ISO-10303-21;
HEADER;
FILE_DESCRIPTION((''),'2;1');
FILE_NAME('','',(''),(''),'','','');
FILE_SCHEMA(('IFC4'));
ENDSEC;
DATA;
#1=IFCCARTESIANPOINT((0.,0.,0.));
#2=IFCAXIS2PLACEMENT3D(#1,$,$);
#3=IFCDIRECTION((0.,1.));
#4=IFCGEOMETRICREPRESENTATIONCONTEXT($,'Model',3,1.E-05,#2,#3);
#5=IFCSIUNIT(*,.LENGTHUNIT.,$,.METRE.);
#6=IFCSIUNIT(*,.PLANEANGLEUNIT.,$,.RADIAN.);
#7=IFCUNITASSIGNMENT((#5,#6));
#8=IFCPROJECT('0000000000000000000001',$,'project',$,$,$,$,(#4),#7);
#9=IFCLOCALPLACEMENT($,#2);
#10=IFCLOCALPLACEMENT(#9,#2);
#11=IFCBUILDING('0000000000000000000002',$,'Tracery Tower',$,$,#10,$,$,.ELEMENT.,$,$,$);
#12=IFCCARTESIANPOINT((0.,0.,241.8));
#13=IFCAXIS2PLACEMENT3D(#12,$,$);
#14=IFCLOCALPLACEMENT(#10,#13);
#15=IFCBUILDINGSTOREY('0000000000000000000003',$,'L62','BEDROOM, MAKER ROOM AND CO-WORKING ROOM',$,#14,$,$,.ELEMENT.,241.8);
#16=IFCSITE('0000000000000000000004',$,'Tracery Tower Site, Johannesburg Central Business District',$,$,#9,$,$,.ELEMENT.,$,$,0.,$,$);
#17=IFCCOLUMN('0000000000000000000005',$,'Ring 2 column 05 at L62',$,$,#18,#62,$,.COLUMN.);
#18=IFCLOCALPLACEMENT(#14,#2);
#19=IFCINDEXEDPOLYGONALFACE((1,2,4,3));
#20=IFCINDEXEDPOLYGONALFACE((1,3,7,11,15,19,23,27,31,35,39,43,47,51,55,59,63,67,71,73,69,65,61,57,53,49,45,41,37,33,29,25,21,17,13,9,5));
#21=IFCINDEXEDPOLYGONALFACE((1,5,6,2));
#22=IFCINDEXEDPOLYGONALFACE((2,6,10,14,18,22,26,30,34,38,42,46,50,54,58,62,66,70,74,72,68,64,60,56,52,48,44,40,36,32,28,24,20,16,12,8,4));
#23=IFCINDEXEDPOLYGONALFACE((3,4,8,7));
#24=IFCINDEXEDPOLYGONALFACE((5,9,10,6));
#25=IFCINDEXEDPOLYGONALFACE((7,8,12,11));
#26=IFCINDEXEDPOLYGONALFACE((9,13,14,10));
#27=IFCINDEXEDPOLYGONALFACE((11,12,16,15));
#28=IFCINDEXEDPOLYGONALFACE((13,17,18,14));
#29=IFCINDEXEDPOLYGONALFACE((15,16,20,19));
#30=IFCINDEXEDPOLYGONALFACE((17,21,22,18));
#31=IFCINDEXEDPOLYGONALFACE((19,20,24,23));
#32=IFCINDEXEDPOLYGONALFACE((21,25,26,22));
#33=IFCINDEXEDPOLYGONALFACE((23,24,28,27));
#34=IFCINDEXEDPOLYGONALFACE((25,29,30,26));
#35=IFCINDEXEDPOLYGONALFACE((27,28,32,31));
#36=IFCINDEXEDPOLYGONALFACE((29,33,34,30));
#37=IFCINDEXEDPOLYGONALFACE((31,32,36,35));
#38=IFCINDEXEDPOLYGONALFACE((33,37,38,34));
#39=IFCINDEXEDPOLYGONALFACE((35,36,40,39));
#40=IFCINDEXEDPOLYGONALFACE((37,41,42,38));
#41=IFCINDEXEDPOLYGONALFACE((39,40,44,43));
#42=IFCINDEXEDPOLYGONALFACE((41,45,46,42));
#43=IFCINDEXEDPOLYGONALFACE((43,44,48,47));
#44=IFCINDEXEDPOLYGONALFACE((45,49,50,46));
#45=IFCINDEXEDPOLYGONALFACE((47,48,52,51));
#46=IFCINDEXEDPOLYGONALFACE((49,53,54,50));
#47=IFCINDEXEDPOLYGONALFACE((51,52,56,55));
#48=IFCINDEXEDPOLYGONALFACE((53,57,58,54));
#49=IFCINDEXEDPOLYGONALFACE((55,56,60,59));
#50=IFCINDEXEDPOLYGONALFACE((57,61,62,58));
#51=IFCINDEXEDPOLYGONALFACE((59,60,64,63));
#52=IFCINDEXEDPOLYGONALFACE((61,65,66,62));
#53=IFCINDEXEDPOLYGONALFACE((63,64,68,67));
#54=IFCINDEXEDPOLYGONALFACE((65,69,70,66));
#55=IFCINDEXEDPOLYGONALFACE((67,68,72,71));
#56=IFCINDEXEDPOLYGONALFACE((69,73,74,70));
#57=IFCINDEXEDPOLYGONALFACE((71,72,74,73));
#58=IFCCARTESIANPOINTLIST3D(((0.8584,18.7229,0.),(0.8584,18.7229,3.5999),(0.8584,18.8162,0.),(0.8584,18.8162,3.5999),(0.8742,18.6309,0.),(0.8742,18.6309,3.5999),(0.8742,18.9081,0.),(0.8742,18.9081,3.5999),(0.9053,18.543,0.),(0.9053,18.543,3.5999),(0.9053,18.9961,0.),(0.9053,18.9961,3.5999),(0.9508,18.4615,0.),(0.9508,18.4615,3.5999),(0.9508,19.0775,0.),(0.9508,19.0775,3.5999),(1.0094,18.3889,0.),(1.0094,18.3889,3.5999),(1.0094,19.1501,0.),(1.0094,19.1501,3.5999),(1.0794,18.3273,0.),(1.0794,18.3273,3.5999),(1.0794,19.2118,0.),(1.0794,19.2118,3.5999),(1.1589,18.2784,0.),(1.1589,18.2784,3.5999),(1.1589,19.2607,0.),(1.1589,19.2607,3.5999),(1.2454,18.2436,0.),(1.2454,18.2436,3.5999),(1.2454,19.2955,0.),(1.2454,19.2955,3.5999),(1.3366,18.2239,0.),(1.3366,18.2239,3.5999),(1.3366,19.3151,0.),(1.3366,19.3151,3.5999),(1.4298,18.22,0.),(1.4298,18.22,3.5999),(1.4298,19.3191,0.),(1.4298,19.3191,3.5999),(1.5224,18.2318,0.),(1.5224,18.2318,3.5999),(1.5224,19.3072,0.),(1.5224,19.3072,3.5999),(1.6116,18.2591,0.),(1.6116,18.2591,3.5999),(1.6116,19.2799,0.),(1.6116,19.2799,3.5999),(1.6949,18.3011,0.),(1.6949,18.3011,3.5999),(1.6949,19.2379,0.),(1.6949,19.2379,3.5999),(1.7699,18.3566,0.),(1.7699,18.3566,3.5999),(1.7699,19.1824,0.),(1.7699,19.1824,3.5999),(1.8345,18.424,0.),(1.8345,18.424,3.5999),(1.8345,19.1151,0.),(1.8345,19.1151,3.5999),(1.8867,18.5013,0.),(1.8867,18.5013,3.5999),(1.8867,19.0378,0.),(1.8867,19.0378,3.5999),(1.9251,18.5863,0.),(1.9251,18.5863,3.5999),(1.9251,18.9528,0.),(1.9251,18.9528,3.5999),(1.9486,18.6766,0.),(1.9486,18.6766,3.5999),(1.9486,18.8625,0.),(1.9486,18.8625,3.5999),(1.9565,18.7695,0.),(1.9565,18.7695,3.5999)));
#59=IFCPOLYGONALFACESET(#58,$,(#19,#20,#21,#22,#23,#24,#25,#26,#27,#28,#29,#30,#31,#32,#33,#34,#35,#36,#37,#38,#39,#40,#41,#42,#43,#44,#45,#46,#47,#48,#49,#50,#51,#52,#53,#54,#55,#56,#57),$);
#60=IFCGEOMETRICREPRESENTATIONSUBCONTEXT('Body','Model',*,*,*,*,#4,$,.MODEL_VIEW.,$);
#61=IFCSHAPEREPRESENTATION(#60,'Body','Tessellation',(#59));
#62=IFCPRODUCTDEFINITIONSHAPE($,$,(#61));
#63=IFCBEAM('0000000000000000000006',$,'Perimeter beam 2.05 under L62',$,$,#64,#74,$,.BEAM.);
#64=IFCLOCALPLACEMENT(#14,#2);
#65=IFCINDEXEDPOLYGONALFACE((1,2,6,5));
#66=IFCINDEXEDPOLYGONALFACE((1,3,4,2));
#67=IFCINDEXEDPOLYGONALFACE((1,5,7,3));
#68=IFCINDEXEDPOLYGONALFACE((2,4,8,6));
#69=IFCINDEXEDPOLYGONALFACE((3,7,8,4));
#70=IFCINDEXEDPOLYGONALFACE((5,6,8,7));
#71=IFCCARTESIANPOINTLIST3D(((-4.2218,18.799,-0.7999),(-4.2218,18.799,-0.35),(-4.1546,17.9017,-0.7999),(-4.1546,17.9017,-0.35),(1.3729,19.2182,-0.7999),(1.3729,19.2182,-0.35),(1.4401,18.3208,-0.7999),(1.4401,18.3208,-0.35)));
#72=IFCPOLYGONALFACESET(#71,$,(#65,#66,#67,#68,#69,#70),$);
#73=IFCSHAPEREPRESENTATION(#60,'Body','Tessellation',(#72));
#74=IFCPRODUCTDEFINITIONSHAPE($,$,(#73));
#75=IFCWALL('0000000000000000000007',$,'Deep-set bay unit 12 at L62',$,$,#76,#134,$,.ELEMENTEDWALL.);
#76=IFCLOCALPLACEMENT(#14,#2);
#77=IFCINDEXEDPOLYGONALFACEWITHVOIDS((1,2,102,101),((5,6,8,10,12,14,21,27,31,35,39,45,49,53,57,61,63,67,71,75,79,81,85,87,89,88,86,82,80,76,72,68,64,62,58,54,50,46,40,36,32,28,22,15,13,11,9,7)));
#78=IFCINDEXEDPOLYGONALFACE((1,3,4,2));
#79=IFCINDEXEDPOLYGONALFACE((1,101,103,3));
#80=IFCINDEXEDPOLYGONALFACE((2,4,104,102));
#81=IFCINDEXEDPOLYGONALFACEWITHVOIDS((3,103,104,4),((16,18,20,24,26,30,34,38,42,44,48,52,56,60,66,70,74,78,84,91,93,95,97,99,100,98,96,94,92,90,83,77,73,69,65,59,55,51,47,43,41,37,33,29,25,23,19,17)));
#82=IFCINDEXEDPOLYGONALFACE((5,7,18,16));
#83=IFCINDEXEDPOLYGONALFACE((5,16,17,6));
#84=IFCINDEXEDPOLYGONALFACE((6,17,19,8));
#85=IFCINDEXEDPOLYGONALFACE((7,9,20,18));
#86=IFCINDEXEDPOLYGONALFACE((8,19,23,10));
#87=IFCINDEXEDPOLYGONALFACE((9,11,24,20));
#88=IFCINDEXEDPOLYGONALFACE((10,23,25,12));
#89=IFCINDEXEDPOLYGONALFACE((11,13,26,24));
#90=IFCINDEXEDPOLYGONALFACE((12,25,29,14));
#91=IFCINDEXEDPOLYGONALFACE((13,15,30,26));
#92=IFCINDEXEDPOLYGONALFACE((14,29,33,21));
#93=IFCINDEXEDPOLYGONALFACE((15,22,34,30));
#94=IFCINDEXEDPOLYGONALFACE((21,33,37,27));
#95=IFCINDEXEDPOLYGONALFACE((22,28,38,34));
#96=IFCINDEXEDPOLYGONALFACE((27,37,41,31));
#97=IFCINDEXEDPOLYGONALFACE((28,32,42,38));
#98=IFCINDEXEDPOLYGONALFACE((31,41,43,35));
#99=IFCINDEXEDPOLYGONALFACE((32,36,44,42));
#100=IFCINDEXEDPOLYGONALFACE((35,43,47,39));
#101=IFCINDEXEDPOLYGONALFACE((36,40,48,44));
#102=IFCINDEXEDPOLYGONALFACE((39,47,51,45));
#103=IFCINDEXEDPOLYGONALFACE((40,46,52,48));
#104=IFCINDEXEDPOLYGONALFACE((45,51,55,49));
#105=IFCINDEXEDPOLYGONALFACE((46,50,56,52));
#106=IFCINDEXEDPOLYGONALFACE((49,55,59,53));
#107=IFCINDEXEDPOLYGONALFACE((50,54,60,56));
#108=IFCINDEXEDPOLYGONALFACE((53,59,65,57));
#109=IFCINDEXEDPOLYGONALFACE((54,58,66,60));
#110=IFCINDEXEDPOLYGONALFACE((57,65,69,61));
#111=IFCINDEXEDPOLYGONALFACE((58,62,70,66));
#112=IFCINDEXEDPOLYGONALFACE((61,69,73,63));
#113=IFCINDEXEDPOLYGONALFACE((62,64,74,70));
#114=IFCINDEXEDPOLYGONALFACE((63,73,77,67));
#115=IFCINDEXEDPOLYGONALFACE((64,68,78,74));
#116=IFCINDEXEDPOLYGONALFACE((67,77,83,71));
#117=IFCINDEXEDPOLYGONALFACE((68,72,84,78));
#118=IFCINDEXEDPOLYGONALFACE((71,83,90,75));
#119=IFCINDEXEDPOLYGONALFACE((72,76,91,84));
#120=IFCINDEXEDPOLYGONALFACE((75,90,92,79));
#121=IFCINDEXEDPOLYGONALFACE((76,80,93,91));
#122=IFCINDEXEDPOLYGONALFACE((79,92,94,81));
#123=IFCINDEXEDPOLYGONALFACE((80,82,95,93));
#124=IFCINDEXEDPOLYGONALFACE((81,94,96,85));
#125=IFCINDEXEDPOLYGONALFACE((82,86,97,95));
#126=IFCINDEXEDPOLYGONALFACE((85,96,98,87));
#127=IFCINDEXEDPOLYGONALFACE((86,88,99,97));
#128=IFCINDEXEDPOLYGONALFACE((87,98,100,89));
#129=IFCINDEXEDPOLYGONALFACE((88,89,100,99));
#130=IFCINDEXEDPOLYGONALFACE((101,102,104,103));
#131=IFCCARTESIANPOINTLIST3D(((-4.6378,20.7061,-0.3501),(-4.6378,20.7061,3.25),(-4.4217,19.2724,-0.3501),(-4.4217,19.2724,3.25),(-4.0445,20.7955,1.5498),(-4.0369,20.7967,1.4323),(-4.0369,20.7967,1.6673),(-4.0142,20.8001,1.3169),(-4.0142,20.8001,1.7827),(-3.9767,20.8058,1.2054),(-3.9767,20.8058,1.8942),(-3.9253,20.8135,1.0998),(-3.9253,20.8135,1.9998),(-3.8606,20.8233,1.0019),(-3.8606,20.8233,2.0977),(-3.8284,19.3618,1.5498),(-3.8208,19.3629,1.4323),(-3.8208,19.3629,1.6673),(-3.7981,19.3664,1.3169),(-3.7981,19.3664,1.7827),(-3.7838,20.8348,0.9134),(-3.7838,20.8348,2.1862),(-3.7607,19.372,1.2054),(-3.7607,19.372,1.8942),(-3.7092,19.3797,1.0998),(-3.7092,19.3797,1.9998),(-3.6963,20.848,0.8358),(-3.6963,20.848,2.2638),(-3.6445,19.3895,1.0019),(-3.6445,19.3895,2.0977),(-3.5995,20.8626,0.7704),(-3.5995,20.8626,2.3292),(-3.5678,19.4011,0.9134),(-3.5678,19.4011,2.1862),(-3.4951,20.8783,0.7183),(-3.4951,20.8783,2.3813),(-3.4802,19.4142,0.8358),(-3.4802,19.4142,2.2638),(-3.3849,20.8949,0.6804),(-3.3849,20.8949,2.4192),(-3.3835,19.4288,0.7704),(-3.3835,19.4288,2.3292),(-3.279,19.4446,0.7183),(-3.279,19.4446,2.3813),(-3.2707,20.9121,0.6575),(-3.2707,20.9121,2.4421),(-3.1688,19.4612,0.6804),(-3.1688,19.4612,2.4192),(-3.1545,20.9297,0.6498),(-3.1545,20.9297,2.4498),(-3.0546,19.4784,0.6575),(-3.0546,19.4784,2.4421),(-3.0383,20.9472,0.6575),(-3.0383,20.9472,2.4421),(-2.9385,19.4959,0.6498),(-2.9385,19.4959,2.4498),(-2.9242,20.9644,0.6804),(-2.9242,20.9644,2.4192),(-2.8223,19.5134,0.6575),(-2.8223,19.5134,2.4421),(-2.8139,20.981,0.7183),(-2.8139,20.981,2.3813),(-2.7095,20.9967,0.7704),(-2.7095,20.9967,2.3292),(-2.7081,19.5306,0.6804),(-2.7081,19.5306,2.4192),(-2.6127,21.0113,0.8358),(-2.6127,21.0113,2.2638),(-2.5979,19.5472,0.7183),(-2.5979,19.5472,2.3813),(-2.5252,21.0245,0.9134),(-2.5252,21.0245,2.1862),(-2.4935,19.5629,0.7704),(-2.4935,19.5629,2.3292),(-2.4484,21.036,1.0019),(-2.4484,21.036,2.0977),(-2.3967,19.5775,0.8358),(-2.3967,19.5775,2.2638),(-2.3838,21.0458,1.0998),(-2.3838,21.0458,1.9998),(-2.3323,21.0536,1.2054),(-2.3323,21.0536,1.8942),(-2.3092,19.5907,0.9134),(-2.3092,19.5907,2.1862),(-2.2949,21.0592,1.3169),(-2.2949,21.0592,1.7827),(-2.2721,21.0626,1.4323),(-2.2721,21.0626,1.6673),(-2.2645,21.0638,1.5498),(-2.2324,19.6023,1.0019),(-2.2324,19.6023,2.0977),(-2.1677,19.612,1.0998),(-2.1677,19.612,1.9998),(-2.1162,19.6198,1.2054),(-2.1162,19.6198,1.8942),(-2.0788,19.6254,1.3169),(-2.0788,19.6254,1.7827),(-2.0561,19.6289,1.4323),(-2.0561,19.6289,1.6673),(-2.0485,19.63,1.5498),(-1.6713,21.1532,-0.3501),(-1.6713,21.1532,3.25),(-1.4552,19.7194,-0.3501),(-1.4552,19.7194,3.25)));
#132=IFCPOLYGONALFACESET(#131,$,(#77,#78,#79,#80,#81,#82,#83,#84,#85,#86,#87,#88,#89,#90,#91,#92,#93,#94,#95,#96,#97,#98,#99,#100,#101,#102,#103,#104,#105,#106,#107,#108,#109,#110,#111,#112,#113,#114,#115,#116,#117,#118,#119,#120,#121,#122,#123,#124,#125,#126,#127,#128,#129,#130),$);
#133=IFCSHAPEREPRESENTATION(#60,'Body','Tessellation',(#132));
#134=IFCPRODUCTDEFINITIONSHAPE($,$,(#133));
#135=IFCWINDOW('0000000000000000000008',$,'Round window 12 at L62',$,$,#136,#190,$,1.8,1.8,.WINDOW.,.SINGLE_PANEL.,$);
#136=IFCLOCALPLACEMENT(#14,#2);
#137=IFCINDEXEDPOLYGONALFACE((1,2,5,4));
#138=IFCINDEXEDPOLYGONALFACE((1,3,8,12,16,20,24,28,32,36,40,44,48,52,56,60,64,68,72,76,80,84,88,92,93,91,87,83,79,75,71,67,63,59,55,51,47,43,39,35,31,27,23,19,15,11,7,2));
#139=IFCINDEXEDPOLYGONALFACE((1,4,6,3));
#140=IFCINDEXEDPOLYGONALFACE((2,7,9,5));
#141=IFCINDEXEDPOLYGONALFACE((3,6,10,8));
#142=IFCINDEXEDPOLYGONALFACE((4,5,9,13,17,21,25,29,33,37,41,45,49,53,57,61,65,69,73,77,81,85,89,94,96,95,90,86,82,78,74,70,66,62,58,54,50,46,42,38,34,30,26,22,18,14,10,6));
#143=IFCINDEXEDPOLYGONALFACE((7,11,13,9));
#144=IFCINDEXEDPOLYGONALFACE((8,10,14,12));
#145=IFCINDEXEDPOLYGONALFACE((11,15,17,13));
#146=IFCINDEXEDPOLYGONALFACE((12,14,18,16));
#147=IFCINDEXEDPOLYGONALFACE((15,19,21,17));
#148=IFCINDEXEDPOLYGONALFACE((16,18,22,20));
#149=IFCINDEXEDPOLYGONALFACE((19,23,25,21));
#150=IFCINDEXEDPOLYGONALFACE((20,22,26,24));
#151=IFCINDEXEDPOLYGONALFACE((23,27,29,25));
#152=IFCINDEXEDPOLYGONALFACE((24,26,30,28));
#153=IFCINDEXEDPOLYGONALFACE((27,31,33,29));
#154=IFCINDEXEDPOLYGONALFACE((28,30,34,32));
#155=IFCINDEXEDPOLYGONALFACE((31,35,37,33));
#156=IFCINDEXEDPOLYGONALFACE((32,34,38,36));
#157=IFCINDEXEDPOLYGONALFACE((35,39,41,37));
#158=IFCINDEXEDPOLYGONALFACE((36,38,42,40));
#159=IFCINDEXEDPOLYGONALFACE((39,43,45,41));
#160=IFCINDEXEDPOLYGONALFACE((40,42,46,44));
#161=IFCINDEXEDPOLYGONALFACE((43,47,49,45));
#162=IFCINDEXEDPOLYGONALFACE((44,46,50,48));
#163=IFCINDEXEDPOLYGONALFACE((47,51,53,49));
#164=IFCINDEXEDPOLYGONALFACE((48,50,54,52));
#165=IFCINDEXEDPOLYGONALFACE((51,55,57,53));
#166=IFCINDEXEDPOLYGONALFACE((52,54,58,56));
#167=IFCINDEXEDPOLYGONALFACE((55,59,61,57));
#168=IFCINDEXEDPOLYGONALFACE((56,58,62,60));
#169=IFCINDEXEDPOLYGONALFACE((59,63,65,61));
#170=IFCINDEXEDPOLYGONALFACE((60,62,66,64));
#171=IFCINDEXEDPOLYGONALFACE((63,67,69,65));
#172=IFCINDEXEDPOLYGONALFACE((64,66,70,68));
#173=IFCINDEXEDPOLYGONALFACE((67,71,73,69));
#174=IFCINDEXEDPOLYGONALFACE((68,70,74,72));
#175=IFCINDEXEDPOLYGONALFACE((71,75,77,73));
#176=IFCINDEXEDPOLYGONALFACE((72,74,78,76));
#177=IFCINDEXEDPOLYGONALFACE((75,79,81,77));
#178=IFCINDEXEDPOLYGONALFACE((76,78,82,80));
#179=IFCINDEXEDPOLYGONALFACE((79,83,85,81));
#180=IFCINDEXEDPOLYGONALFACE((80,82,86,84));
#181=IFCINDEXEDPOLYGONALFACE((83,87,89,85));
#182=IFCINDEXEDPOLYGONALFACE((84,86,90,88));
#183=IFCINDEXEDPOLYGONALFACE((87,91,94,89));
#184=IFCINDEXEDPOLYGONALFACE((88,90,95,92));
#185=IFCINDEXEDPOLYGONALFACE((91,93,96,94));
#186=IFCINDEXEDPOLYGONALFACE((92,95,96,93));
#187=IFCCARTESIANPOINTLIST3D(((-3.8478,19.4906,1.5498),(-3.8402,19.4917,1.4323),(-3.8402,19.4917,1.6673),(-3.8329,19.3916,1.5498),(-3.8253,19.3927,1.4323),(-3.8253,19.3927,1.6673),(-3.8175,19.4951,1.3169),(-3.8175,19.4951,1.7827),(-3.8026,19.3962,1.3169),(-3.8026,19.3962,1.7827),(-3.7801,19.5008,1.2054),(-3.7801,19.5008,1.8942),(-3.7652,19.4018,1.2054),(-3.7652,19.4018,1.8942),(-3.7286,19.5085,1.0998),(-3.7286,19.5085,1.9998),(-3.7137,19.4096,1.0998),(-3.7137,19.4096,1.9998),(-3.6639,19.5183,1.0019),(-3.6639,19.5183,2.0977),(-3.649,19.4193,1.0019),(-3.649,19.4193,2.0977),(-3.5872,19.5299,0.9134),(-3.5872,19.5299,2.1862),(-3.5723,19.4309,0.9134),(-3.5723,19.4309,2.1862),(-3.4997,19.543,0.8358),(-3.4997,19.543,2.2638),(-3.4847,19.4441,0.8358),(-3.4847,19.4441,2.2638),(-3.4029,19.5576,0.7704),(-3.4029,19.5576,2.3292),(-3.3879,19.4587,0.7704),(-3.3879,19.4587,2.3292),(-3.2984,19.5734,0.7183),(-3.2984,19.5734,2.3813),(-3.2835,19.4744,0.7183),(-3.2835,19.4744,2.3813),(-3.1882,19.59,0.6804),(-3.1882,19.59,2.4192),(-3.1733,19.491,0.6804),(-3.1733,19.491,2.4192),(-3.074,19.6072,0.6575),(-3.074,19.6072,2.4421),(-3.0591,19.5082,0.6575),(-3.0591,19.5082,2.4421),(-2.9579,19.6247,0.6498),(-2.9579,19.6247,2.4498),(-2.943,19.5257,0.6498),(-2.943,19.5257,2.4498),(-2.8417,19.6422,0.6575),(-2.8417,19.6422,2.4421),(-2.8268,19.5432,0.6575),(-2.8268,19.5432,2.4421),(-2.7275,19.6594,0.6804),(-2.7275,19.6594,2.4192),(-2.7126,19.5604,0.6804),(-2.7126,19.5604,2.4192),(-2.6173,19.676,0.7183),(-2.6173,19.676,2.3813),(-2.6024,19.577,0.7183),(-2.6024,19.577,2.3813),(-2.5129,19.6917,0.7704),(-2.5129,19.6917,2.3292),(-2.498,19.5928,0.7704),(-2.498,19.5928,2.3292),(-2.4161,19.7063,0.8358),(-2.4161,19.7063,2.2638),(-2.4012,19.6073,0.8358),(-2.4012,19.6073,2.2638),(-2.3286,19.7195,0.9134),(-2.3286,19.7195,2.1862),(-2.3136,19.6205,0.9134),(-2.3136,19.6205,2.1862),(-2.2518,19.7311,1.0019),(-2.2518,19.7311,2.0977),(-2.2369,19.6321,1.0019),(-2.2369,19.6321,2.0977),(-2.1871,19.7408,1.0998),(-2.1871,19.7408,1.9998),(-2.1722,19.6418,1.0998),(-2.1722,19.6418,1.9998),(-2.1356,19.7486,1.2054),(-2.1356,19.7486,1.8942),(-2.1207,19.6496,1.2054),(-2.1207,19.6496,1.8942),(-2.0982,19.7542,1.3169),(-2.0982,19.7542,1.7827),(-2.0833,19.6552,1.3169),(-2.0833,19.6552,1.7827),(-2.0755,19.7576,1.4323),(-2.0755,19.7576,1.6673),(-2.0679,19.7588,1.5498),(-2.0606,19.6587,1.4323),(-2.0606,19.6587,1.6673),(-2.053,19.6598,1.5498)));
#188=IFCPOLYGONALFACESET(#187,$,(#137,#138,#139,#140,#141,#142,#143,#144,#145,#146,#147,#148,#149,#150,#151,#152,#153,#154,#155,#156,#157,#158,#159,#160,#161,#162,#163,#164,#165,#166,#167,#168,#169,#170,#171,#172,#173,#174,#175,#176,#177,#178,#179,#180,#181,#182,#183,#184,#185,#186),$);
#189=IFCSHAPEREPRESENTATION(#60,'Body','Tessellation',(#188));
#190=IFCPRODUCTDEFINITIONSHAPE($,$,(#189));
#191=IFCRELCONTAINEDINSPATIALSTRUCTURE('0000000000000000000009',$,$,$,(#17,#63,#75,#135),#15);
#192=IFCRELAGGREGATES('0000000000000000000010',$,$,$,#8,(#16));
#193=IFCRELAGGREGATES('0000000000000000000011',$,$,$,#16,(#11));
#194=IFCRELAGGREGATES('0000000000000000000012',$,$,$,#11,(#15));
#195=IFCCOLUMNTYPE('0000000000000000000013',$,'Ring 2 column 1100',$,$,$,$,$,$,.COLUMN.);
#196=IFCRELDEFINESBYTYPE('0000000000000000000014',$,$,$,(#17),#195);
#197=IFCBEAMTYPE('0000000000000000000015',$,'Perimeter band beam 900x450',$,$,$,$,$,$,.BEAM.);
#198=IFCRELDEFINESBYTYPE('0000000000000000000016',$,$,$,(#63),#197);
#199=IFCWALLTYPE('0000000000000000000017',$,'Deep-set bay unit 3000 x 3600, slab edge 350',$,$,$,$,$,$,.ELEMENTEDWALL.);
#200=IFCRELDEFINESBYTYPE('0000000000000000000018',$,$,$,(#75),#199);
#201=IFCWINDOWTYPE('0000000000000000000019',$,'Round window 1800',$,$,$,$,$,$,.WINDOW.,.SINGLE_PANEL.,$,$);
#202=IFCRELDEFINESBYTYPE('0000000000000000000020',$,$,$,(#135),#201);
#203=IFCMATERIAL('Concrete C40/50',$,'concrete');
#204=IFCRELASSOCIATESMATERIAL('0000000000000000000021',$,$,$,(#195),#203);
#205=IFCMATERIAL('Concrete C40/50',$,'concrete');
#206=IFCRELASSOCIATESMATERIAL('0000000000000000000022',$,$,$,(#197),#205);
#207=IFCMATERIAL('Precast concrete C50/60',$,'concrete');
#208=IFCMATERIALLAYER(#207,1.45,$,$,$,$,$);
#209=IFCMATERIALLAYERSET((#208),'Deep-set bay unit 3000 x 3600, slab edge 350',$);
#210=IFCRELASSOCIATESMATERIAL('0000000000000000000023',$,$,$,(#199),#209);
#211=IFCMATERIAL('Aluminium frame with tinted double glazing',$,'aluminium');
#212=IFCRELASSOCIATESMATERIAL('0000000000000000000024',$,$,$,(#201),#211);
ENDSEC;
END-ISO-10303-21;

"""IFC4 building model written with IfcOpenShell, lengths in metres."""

from ifc_helpers import new_model, si_unit, direction, frame, frame_2d, origin, origin_2d, place, context, subcontext, project, spatial, rectangle, circle, extrude, material, layer, layer_set, material_profile, profile_set, type_object, element, fill, save


model = new_model("IFC4")

# Units and contexts
model_context = context("Model", 3, precision=1e-05, world=origin(), true_north=direction((0.0, 1.0)))
body_context = subcontext(model_context, "Body", "Model", "MODEL_VIEW")
ifc_project = project(units=[si_unit("LENGTHUNIT", "METRE"), si_unit("PLANEANGLEUNIT", "RADIAN")], contexts=[model_context])

# Site, building, storey
site_placement = place(None, origin())
site = spatial("IfcSite", under=ifc_project, at=site_placement, Name="Tracery Tower Site, Johannesburg Central Business District", CompositionType="ELEMENT", RefElevation=0.0)
building_placement = place(site_placement, origin())
building = spatial("IfcBuilding", under=site, at=building_placement, Name="Tracery Tower", CompositionType="ELEMENT")
storey_placement = place(building_placement, frame((0.0, 0.0, 241.8)))
storey = spatial("IfcBuildingStorey", under=building, at=storey_placement, Name="L62", Description="BEDROOM, MAKER ROOM AND CO-WORKING ROOM", CompositionType="ELEMENT", Elevation=241.8)

# Column
ifc_material_1 = material(Name="Concrete C40/50", Category="concrete")
ifc_material_profile_1 = material_profile(ifc_material_1, circle(Radius=0.55, at=origin_2d()), Name="RC D1100")
ifc_profile_set_1 = profile_set([ifc_material_profile_1], Name="Concrete C40/50")
column_type = type_object("IfcColumnType", Name="Ring 2 column 1100", PredefinedType="COLUMN", material=ifc_profile_set_1)
column_placement = place(storey_placement, frame((1.4065, 18.7695, 0.0), z_axis=(0.0, 0.0, 1.0), x_axis=(1.0, 0.0, 0.0)))
element("IfcColumn", 1, at=column_placement, inside=storey, type_object=column_type, Name="Ring 2 column 05 at L62", PredefinedType="COLUMN", context=body_context, shape_type="SweptSolid", body=[
    extrude(circle(Radius=0.55, at=origin_2d()), origin(), (0.0, 0.0, 1.0), 3.5999),
])

# Beam
ifc_material_2 = material(Name="Concrete C40/50", Category="concrete")
ifc_material_profile_2 = material_profile(ifc_material_2, rectangle(XDim=0.8999, YDim=0.45, at=origin_2d()), Name="RC 900x450")
ifc_profile_set_2 = profile_set([ifc_material_profile_2], Name="Concrete C40/50")
beam_type = type_object("IfcBeamType", Name="Perimeter band beam 900x450", PredefinedType="BEAM", material=ifc_profile_set_2)
beam_placement = place(storey_placement, frame((1.4065, 18.7695, -0.575), z_axis=(-0.997205, -0.074716, 0.0), x_axis=(0.074716, -0.997205, 0.0)))
element("IfcBeam", 2, at=beam_placement, inside=storey, type_object=beam_type, Name="Perimeter beam 2.05 under L62", PredefinedType="BEAM", context=body_context, shape_type="SweptSolid", body=[
    extrude(rectangle(XDim=0.8999, YDim=0.45, at=origin_2d()), origin(), (0.0, 0.0, 1.0), 5.6104),
])

# Wall, opening, window
ifc_material_3 = material(Name="Precast concrete C50/60", Category="concrete")
ifc_layer_1 = layer(ifc_material_3, 1.45)
ifc_layer_set_1 = layer_set([ifc_layer_1], Name="Deep-set bay unit 3000 x 3600, slab edge 350")
wall_type_1 = type_object("IfcWallType", Name="Deep-set bay unit 3000 x 3600, slab edge 350", PredefinedType="ELEMENTEDWALL", material=ifc_layer_set_1)
wall_1_placement = place(storey_placement, frame((-1.5632, 20.4363, -0.3501), z_axis=(0.0, 0.0, 1.0), x_axis=(-0.988836, -0.149005, 0.0)))
wall_1 = element("IfcWall", 3, at=wall_1_placement, inside=storey, type_object=wall_type_1, Name="Deep-set bay unit 12 at L62", PredefinedType="ELEMENTEDWALL", context=body_context, shape_type="SweptSolid", body=[
    extrude(rectangle(XDim=3.0, YDim=1.45, at=frame_2d((1.5, 0.0))), origin(), (0.0, 0.0, 1.0), 3.6001),
])
opening_1_placement = place(wall_1_placement, frame((1.5, 0.0, 1.8999)))
opening_1 = element("IfcOpeningElement", 4, at=opening_1_placement, cuts=wall_1, PredefinedType="OPENING", context=body_context, shape_type="SweptSolid", body=[
    extrude(circle(Radius=0.9, at=origin_2d()), frame((0.0, 0.7349, 0.0), z_axis=(0.0, -1.0, 0.0), x_axis=(1.0, 0.0, 0.0)), (0.0, 0.0, 1.0), 1.47),
])
ifc_material_4 = material(Name="Aluminium frame with tinted double glazing", Category="aluminium")
window_type = type_object("IfcWindowType", Name="Round window 1800", PartitioningType="SINGLE_PANEL", PredefinedType="WINDOW", material=ifc_material_4)
window_1_placement = place(opening_1_placement, origin())
window_1 = element("IfcWindow", 5, at=window_1_placement, inside=storey, type_object=window_type, Name="Round window 12 at L62", OverallHeight=1.8, OverallWidth=1.8, PartitioningType="SINGLE_PANEL", PredefinedType="WINDOW", context=body_context, shape_type="SweptSolid", body=[
    extrude(circle(Radius=0.9, at=origin_2d()), frame((0.0, 0.6948, 0.0), z_axis=(0.0, -1.0, 0.0), x_axis=(1.0, 0.0, 0.0)), (0.0, 0.0, 1.0), 0.1001),
])
fill(opening_1, window_1)

save(model, "model.ifc")
